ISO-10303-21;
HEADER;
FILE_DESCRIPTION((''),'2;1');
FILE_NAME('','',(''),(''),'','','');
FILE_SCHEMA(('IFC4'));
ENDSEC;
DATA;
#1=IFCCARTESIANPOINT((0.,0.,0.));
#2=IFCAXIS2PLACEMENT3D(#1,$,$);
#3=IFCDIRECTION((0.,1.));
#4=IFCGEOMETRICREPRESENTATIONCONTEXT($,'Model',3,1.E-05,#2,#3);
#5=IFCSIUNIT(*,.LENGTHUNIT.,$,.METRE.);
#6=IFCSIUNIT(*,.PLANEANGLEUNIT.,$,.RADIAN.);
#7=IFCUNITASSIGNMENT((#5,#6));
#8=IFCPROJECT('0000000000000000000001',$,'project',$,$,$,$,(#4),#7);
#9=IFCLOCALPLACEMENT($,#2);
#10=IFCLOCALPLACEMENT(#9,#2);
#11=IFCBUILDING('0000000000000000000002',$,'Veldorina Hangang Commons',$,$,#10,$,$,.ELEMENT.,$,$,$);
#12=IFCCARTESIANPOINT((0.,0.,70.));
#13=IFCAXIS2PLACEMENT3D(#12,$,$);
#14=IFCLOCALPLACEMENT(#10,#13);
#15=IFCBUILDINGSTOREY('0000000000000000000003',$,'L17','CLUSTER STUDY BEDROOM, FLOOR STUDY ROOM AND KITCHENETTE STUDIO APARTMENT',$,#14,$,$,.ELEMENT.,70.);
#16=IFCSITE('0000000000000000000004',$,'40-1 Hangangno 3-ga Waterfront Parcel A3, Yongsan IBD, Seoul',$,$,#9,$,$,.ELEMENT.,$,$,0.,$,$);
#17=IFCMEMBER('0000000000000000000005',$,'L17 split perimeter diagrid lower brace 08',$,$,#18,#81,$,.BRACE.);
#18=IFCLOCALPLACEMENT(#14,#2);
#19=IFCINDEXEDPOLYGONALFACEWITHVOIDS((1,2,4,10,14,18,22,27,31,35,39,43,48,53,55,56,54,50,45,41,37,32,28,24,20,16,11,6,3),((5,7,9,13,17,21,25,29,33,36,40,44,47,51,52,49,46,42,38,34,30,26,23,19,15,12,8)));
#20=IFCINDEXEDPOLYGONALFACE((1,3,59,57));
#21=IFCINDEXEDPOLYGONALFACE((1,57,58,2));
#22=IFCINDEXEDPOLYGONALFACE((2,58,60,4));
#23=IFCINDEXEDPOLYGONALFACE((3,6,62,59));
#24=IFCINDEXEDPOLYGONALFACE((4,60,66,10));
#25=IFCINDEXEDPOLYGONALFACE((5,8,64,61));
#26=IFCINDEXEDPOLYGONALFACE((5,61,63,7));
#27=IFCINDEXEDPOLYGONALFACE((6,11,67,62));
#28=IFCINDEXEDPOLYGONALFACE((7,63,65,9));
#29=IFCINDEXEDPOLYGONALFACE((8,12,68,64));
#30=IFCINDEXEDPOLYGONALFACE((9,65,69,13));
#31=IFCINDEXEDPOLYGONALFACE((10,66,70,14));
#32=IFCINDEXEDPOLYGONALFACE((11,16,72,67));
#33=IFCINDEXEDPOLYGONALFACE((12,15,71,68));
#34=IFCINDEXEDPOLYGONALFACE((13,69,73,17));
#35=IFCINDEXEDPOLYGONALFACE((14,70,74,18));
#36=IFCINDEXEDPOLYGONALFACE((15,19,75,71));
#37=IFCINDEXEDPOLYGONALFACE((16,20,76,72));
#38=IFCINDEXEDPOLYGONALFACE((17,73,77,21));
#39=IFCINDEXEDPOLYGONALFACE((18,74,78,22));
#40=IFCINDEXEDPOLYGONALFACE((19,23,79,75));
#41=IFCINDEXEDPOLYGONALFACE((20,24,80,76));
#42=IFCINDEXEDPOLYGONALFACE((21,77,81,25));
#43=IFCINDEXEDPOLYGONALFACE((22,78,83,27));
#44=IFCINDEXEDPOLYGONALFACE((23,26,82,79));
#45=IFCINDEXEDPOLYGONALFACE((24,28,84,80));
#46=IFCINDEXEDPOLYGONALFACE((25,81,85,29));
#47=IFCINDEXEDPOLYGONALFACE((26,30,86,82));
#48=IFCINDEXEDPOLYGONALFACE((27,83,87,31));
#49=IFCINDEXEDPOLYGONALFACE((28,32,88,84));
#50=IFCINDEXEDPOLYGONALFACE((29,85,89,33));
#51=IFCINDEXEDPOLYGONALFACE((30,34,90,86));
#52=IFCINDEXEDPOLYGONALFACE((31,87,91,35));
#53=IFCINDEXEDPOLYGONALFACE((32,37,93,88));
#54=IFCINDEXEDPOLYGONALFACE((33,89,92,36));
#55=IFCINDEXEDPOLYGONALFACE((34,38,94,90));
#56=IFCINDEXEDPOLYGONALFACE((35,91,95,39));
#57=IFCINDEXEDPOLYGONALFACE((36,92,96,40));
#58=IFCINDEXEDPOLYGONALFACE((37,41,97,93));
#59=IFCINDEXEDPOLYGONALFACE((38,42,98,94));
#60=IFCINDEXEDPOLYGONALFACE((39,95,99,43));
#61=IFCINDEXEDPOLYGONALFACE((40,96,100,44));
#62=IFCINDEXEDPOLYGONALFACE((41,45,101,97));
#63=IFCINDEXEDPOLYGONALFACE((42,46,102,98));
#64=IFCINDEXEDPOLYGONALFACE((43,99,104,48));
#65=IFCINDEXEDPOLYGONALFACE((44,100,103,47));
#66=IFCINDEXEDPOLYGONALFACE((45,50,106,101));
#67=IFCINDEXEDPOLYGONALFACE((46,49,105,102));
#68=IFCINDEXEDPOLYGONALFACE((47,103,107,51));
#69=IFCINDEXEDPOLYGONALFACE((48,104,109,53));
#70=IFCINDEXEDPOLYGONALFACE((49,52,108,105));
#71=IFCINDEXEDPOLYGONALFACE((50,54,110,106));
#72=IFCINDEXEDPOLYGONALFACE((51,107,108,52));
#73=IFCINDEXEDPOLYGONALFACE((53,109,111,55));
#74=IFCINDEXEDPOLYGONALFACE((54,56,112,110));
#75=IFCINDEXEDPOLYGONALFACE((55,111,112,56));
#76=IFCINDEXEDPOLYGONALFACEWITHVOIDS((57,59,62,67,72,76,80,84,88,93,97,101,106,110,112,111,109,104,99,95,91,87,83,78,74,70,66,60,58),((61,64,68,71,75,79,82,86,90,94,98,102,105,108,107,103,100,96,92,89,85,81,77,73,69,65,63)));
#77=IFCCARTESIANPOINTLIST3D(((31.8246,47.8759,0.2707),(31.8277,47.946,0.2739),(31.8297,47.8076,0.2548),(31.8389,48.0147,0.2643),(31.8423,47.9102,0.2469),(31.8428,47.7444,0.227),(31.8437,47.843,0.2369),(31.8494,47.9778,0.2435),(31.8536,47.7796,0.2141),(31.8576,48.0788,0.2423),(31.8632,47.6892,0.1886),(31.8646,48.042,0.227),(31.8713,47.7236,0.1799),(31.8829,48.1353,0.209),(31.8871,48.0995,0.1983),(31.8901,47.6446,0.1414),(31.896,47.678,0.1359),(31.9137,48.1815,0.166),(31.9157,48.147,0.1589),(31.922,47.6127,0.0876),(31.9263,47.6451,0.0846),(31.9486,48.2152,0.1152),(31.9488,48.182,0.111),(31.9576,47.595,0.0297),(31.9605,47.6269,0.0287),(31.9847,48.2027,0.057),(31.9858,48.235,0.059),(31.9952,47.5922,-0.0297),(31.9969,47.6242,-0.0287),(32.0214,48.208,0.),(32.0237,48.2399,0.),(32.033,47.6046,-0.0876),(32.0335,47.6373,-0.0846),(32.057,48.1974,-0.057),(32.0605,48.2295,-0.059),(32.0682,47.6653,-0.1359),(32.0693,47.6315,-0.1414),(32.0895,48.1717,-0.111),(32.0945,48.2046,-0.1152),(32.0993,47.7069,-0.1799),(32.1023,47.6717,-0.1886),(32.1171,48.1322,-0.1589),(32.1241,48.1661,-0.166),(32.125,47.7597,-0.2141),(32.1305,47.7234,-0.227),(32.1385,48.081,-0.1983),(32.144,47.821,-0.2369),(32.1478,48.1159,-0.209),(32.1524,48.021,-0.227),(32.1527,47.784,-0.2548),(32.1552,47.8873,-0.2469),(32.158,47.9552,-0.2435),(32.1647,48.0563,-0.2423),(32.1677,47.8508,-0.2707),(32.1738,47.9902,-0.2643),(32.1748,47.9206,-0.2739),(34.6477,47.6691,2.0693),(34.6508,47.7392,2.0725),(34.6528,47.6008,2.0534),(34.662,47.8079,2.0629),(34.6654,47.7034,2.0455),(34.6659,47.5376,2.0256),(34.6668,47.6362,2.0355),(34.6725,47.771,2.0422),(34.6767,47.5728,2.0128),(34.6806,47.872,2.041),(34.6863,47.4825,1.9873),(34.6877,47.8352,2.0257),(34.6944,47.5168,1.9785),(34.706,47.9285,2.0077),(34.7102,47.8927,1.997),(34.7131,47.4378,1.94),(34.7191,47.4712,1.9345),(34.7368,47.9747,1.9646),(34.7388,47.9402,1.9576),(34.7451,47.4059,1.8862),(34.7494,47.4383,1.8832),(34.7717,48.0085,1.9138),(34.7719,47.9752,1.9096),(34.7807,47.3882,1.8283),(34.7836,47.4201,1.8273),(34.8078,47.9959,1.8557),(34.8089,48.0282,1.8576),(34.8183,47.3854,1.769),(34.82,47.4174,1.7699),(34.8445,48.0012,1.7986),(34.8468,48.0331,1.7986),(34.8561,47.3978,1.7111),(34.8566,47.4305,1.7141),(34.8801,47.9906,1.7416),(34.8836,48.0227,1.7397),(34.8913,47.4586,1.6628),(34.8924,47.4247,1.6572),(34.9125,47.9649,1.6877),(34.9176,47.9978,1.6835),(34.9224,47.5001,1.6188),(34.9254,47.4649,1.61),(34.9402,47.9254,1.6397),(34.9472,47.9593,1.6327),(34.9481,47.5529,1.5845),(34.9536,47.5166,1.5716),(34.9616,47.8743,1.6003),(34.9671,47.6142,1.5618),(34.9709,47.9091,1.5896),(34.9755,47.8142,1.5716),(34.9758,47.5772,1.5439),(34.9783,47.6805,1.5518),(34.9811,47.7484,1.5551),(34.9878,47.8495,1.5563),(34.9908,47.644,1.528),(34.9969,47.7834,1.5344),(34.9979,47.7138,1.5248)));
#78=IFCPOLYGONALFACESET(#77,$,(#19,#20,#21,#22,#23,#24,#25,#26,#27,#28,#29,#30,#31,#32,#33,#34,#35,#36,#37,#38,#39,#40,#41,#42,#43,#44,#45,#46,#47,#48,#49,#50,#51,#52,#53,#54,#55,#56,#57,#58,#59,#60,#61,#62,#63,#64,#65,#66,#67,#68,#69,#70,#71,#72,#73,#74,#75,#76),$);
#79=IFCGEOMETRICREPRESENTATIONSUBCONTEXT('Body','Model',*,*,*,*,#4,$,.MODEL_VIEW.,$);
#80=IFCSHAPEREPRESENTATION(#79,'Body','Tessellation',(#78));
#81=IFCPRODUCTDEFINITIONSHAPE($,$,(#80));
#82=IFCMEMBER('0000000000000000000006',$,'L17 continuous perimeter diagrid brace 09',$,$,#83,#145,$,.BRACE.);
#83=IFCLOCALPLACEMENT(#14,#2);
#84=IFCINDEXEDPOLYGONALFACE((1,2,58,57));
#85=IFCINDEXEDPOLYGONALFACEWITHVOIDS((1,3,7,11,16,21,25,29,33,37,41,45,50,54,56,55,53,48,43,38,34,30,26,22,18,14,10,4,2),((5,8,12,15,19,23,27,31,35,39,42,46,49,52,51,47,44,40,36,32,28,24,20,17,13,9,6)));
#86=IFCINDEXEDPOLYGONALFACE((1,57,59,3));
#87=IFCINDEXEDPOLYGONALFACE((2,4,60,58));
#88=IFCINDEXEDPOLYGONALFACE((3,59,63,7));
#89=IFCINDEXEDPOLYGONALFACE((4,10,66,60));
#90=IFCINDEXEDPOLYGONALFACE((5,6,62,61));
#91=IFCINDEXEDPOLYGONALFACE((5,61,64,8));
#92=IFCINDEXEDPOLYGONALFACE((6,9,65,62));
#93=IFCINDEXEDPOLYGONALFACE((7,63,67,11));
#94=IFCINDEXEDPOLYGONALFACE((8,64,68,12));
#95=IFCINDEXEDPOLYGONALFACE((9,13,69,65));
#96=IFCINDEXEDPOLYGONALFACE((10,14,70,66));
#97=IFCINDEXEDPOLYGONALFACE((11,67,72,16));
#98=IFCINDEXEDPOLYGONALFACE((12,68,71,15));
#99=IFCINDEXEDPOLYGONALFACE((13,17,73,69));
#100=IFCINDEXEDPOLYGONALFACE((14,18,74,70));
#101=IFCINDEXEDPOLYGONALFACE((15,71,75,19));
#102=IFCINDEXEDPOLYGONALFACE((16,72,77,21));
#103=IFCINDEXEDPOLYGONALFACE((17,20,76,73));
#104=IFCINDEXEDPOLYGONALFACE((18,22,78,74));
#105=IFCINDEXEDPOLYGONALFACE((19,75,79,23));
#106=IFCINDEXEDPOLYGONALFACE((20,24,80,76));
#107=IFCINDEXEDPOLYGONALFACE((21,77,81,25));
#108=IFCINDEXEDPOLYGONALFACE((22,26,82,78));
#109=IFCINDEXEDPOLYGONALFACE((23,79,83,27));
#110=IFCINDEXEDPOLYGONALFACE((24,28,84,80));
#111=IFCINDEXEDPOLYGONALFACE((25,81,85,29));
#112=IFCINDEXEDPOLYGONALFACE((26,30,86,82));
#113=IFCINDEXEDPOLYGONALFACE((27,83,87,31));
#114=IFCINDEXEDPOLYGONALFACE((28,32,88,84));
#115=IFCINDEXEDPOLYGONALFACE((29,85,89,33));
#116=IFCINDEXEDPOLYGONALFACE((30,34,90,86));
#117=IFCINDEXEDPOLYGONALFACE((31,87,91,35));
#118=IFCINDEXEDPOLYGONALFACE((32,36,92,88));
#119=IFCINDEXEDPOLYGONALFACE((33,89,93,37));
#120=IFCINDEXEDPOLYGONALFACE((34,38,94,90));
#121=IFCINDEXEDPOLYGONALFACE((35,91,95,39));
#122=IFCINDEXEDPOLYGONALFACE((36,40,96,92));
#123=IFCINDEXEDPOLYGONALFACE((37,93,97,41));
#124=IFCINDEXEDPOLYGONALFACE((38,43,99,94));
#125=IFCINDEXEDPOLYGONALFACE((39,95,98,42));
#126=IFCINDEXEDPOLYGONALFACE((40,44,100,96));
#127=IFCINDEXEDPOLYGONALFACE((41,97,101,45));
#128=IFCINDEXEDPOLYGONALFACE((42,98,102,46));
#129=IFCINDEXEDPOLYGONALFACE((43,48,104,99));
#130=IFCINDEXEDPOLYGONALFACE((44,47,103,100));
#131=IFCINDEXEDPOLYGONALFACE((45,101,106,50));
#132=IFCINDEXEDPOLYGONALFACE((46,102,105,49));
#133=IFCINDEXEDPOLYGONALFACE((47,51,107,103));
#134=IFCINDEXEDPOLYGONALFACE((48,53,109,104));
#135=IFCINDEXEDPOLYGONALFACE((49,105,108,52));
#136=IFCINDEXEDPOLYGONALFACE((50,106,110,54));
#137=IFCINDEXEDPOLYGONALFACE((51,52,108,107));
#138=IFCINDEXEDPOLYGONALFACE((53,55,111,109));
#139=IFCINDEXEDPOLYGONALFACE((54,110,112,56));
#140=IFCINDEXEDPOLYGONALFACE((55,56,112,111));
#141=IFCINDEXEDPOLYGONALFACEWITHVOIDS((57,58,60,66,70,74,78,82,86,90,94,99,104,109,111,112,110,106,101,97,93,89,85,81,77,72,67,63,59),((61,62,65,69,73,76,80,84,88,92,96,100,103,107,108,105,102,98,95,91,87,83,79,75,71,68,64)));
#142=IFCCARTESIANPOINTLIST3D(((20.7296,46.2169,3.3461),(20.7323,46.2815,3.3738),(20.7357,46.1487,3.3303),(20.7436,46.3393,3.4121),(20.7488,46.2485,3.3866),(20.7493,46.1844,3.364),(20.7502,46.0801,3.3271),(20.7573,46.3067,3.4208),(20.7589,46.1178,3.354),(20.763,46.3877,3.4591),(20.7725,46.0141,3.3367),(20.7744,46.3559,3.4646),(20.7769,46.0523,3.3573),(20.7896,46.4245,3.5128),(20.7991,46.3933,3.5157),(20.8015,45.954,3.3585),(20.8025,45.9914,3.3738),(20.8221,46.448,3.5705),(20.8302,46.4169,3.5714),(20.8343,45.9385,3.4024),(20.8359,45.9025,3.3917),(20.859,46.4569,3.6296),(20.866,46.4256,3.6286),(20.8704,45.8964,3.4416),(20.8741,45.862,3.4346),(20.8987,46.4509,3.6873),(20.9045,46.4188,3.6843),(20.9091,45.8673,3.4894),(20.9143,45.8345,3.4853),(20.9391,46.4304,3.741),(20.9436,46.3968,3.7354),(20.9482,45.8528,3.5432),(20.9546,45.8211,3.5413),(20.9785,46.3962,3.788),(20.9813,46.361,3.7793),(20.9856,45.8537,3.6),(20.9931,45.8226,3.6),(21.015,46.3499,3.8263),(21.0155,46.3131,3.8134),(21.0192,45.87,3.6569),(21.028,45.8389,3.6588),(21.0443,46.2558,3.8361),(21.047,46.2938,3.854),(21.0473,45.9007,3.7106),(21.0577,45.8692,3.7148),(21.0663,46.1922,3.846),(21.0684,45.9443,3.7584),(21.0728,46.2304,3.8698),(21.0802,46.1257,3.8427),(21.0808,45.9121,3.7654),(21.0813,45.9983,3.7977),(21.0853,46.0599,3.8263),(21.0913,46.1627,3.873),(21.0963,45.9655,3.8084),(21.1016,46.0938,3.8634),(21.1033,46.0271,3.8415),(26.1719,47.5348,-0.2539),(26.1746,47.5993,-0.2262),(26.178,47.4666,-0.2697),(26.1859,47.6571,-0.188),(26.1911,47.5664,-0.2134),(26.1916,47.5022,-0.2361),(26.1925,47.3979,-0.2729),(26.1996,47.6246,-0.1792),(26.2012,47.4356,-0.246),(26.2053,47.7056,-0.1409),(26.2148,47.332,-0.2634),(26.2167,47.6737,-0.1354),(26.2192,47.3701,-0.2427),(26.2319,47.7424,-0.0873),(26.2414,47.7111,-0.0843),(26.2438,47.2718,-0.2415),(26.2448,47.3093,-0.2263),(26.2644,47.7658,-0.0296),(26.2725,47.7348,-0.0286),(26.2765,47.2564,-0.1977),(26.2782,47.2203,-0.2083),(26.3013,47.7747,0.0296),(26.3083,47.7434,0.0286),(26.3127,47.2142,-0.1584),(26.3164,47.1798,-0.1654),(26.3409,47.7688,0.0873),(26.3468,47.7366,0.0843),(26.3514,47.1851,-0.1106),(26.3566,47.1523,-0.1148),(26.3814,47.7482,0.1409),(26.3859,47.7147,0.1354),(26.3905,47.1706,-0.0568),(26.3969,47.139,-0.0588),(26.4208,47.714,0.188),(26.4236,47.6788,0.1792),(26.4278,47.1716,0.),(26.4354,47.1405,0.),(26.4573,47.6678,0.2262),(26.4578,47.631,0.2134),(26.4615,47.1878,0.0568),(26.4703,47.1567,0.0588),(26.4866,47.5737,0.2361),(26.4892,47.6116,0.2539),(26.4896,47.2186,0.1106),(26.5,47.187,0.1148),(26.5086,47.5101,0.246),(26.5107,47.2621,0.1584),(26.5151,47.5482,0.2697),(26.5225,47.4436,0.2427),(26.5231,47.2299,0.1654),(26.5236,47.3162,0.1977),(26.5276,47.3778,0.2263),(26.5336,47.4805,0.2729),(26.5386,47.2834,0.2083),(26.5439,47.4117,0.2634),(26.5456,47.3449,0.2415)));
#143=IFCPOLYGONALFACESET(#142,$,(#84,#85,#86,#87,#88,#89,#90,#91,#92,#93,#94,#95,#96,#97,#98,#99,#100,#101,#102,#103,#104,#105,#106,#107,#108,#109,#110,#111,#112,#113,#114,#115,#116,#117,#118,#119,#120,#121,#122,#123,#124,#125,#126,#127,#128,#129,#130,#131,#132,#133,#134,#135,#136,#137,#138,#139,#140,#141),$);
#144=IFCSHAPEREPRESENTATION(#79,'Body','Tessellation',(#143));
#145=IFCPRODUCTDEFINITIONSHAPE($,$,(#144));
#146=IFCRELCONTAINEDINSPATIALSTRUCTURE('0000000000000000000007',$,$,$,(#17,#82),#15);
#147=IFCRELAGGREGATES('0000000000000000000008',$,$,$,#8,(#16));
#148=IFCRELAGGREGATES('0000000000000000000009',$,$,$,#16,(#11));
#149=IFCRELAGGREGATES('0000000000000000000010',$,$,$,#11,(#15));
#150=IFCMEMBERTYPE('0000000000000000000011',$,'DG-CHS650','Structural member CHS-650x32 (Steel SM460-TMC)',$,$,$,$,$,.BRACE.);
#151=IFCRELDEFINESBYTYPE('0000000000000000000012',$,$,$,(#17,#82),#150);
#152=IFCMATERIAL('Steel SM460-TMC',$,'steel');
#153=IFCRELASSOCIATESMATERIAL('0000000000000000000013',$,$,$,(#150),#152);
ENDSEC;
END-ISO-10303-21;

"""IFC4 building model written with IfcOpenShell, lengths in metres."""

from ifc_helpers import new_model, si_unit, direction, frame, origin, origin_2d, place, context, subcontext, project, spatial, hollow_circle, extrude, material, material_profile, profile_set, type_object, element, save


model = new_model("IFC4")

# Units and contexts
model_context = context("Model", 3, precision=1e-05, world=origin(), true_north=direction((0.0, 1.0)))
body_context = subcontext(model_context, "Body", "Model", "MODEL_VIEW")
ifc_project = project(units=[si_unit("LENGTHUNIT", "METRE"), si_unit("PLANEANGLEUNIT", "RADIAN")], contexts=[model_context])

# Site, building, storey
site_placement = place(None, origin())
site = spatial("IfcSite", under=ifc_project, at=site_placement, Name="40-1 Hangangno 3-ga Waterfront Parcel A3, Yongsan IBD, Seoul", CompositionType="ELEMENT", RefElevation=0.0)
building_placement = place(site_placement, origin())
building = spatial("IfcBuilding", under=site, at=building_placement, Name="Veldorina Hangang Commons", CompositionType="ELEMENT")
storey_placement = place(building_placement, frame((0.0, 0.0, 70.0)))
storey = spatial("IfcBuildingStorey", under=building, at=storey_placement, Name="L17", Description="CLUSTER STUDY BEDROOM, FLOOR STUDY ROOM AND KITCHENETTE STUDIO APARTMENT", CompositionType="ELEMENT", Elevation=70.0)

# Members
ifc_material_1 = material(Name="Steel SM460-TMC", Category="steel")
ifc_material_profile_1 = material_profile(ifc_material_1, hollow_circle(Radius=0.325, WallThickness=0.032, at=origin_2d()), Name="CHS-650x32")
ifc_profile_set_1 = profile_set([ifc_material_profile_1], Name="Steel SM460-TMC")
member_type = type_object("IfcMemberType", Name="DG-CHS650", Description="Structural member CHS-650x32 (Steel SM460-TMC)", PredefinedType="BRACE", material=ifc_profile_set_1)
member_1_placement = place(storey_placement, frame((32.0, 47.9158, 0.0), z_axis=(0.841768, -0.06166, 0.536306), x_axis=(0.073055, 0.997328, 0.0)))
element("IfcMember", 1, at=member_1_placement, inside=storey, type_object=member_type, Name="L17 split perimeter diagrid lower brace 08", PredefinedType="BRACE", context=body_context, shape_type="SweptSolid", body=[
    extrude(hollow_circle(Radius=0.325, WallThickness=0.032, at=origin_2d()), origin(), (0.0, 0.0, 1.0), 3.3538),
])
member_2_placement = place(storey_placement, frame((26.3589, 47.4563, 0.0), z_axis=(-0.81753, -0.197965, 0.54079), x_axis=(0.235348, -0.971911, 0.0)))
element("IfcMember", 2, at=member_2_placement, inside=storey, type_object=member_type, Name="L17 continuous perimeter diagrid brace 09", PredefinedType="BRACE", context=body_context, shape_type="SweptSolid", body=[
    extrude(hollow_circle(Radius=0.325, WallThickness=0.032, at=origin_2d()), origin(), (0.0, 0.0, 1.0), 6.657),
])

save(model, "model.ifc")
